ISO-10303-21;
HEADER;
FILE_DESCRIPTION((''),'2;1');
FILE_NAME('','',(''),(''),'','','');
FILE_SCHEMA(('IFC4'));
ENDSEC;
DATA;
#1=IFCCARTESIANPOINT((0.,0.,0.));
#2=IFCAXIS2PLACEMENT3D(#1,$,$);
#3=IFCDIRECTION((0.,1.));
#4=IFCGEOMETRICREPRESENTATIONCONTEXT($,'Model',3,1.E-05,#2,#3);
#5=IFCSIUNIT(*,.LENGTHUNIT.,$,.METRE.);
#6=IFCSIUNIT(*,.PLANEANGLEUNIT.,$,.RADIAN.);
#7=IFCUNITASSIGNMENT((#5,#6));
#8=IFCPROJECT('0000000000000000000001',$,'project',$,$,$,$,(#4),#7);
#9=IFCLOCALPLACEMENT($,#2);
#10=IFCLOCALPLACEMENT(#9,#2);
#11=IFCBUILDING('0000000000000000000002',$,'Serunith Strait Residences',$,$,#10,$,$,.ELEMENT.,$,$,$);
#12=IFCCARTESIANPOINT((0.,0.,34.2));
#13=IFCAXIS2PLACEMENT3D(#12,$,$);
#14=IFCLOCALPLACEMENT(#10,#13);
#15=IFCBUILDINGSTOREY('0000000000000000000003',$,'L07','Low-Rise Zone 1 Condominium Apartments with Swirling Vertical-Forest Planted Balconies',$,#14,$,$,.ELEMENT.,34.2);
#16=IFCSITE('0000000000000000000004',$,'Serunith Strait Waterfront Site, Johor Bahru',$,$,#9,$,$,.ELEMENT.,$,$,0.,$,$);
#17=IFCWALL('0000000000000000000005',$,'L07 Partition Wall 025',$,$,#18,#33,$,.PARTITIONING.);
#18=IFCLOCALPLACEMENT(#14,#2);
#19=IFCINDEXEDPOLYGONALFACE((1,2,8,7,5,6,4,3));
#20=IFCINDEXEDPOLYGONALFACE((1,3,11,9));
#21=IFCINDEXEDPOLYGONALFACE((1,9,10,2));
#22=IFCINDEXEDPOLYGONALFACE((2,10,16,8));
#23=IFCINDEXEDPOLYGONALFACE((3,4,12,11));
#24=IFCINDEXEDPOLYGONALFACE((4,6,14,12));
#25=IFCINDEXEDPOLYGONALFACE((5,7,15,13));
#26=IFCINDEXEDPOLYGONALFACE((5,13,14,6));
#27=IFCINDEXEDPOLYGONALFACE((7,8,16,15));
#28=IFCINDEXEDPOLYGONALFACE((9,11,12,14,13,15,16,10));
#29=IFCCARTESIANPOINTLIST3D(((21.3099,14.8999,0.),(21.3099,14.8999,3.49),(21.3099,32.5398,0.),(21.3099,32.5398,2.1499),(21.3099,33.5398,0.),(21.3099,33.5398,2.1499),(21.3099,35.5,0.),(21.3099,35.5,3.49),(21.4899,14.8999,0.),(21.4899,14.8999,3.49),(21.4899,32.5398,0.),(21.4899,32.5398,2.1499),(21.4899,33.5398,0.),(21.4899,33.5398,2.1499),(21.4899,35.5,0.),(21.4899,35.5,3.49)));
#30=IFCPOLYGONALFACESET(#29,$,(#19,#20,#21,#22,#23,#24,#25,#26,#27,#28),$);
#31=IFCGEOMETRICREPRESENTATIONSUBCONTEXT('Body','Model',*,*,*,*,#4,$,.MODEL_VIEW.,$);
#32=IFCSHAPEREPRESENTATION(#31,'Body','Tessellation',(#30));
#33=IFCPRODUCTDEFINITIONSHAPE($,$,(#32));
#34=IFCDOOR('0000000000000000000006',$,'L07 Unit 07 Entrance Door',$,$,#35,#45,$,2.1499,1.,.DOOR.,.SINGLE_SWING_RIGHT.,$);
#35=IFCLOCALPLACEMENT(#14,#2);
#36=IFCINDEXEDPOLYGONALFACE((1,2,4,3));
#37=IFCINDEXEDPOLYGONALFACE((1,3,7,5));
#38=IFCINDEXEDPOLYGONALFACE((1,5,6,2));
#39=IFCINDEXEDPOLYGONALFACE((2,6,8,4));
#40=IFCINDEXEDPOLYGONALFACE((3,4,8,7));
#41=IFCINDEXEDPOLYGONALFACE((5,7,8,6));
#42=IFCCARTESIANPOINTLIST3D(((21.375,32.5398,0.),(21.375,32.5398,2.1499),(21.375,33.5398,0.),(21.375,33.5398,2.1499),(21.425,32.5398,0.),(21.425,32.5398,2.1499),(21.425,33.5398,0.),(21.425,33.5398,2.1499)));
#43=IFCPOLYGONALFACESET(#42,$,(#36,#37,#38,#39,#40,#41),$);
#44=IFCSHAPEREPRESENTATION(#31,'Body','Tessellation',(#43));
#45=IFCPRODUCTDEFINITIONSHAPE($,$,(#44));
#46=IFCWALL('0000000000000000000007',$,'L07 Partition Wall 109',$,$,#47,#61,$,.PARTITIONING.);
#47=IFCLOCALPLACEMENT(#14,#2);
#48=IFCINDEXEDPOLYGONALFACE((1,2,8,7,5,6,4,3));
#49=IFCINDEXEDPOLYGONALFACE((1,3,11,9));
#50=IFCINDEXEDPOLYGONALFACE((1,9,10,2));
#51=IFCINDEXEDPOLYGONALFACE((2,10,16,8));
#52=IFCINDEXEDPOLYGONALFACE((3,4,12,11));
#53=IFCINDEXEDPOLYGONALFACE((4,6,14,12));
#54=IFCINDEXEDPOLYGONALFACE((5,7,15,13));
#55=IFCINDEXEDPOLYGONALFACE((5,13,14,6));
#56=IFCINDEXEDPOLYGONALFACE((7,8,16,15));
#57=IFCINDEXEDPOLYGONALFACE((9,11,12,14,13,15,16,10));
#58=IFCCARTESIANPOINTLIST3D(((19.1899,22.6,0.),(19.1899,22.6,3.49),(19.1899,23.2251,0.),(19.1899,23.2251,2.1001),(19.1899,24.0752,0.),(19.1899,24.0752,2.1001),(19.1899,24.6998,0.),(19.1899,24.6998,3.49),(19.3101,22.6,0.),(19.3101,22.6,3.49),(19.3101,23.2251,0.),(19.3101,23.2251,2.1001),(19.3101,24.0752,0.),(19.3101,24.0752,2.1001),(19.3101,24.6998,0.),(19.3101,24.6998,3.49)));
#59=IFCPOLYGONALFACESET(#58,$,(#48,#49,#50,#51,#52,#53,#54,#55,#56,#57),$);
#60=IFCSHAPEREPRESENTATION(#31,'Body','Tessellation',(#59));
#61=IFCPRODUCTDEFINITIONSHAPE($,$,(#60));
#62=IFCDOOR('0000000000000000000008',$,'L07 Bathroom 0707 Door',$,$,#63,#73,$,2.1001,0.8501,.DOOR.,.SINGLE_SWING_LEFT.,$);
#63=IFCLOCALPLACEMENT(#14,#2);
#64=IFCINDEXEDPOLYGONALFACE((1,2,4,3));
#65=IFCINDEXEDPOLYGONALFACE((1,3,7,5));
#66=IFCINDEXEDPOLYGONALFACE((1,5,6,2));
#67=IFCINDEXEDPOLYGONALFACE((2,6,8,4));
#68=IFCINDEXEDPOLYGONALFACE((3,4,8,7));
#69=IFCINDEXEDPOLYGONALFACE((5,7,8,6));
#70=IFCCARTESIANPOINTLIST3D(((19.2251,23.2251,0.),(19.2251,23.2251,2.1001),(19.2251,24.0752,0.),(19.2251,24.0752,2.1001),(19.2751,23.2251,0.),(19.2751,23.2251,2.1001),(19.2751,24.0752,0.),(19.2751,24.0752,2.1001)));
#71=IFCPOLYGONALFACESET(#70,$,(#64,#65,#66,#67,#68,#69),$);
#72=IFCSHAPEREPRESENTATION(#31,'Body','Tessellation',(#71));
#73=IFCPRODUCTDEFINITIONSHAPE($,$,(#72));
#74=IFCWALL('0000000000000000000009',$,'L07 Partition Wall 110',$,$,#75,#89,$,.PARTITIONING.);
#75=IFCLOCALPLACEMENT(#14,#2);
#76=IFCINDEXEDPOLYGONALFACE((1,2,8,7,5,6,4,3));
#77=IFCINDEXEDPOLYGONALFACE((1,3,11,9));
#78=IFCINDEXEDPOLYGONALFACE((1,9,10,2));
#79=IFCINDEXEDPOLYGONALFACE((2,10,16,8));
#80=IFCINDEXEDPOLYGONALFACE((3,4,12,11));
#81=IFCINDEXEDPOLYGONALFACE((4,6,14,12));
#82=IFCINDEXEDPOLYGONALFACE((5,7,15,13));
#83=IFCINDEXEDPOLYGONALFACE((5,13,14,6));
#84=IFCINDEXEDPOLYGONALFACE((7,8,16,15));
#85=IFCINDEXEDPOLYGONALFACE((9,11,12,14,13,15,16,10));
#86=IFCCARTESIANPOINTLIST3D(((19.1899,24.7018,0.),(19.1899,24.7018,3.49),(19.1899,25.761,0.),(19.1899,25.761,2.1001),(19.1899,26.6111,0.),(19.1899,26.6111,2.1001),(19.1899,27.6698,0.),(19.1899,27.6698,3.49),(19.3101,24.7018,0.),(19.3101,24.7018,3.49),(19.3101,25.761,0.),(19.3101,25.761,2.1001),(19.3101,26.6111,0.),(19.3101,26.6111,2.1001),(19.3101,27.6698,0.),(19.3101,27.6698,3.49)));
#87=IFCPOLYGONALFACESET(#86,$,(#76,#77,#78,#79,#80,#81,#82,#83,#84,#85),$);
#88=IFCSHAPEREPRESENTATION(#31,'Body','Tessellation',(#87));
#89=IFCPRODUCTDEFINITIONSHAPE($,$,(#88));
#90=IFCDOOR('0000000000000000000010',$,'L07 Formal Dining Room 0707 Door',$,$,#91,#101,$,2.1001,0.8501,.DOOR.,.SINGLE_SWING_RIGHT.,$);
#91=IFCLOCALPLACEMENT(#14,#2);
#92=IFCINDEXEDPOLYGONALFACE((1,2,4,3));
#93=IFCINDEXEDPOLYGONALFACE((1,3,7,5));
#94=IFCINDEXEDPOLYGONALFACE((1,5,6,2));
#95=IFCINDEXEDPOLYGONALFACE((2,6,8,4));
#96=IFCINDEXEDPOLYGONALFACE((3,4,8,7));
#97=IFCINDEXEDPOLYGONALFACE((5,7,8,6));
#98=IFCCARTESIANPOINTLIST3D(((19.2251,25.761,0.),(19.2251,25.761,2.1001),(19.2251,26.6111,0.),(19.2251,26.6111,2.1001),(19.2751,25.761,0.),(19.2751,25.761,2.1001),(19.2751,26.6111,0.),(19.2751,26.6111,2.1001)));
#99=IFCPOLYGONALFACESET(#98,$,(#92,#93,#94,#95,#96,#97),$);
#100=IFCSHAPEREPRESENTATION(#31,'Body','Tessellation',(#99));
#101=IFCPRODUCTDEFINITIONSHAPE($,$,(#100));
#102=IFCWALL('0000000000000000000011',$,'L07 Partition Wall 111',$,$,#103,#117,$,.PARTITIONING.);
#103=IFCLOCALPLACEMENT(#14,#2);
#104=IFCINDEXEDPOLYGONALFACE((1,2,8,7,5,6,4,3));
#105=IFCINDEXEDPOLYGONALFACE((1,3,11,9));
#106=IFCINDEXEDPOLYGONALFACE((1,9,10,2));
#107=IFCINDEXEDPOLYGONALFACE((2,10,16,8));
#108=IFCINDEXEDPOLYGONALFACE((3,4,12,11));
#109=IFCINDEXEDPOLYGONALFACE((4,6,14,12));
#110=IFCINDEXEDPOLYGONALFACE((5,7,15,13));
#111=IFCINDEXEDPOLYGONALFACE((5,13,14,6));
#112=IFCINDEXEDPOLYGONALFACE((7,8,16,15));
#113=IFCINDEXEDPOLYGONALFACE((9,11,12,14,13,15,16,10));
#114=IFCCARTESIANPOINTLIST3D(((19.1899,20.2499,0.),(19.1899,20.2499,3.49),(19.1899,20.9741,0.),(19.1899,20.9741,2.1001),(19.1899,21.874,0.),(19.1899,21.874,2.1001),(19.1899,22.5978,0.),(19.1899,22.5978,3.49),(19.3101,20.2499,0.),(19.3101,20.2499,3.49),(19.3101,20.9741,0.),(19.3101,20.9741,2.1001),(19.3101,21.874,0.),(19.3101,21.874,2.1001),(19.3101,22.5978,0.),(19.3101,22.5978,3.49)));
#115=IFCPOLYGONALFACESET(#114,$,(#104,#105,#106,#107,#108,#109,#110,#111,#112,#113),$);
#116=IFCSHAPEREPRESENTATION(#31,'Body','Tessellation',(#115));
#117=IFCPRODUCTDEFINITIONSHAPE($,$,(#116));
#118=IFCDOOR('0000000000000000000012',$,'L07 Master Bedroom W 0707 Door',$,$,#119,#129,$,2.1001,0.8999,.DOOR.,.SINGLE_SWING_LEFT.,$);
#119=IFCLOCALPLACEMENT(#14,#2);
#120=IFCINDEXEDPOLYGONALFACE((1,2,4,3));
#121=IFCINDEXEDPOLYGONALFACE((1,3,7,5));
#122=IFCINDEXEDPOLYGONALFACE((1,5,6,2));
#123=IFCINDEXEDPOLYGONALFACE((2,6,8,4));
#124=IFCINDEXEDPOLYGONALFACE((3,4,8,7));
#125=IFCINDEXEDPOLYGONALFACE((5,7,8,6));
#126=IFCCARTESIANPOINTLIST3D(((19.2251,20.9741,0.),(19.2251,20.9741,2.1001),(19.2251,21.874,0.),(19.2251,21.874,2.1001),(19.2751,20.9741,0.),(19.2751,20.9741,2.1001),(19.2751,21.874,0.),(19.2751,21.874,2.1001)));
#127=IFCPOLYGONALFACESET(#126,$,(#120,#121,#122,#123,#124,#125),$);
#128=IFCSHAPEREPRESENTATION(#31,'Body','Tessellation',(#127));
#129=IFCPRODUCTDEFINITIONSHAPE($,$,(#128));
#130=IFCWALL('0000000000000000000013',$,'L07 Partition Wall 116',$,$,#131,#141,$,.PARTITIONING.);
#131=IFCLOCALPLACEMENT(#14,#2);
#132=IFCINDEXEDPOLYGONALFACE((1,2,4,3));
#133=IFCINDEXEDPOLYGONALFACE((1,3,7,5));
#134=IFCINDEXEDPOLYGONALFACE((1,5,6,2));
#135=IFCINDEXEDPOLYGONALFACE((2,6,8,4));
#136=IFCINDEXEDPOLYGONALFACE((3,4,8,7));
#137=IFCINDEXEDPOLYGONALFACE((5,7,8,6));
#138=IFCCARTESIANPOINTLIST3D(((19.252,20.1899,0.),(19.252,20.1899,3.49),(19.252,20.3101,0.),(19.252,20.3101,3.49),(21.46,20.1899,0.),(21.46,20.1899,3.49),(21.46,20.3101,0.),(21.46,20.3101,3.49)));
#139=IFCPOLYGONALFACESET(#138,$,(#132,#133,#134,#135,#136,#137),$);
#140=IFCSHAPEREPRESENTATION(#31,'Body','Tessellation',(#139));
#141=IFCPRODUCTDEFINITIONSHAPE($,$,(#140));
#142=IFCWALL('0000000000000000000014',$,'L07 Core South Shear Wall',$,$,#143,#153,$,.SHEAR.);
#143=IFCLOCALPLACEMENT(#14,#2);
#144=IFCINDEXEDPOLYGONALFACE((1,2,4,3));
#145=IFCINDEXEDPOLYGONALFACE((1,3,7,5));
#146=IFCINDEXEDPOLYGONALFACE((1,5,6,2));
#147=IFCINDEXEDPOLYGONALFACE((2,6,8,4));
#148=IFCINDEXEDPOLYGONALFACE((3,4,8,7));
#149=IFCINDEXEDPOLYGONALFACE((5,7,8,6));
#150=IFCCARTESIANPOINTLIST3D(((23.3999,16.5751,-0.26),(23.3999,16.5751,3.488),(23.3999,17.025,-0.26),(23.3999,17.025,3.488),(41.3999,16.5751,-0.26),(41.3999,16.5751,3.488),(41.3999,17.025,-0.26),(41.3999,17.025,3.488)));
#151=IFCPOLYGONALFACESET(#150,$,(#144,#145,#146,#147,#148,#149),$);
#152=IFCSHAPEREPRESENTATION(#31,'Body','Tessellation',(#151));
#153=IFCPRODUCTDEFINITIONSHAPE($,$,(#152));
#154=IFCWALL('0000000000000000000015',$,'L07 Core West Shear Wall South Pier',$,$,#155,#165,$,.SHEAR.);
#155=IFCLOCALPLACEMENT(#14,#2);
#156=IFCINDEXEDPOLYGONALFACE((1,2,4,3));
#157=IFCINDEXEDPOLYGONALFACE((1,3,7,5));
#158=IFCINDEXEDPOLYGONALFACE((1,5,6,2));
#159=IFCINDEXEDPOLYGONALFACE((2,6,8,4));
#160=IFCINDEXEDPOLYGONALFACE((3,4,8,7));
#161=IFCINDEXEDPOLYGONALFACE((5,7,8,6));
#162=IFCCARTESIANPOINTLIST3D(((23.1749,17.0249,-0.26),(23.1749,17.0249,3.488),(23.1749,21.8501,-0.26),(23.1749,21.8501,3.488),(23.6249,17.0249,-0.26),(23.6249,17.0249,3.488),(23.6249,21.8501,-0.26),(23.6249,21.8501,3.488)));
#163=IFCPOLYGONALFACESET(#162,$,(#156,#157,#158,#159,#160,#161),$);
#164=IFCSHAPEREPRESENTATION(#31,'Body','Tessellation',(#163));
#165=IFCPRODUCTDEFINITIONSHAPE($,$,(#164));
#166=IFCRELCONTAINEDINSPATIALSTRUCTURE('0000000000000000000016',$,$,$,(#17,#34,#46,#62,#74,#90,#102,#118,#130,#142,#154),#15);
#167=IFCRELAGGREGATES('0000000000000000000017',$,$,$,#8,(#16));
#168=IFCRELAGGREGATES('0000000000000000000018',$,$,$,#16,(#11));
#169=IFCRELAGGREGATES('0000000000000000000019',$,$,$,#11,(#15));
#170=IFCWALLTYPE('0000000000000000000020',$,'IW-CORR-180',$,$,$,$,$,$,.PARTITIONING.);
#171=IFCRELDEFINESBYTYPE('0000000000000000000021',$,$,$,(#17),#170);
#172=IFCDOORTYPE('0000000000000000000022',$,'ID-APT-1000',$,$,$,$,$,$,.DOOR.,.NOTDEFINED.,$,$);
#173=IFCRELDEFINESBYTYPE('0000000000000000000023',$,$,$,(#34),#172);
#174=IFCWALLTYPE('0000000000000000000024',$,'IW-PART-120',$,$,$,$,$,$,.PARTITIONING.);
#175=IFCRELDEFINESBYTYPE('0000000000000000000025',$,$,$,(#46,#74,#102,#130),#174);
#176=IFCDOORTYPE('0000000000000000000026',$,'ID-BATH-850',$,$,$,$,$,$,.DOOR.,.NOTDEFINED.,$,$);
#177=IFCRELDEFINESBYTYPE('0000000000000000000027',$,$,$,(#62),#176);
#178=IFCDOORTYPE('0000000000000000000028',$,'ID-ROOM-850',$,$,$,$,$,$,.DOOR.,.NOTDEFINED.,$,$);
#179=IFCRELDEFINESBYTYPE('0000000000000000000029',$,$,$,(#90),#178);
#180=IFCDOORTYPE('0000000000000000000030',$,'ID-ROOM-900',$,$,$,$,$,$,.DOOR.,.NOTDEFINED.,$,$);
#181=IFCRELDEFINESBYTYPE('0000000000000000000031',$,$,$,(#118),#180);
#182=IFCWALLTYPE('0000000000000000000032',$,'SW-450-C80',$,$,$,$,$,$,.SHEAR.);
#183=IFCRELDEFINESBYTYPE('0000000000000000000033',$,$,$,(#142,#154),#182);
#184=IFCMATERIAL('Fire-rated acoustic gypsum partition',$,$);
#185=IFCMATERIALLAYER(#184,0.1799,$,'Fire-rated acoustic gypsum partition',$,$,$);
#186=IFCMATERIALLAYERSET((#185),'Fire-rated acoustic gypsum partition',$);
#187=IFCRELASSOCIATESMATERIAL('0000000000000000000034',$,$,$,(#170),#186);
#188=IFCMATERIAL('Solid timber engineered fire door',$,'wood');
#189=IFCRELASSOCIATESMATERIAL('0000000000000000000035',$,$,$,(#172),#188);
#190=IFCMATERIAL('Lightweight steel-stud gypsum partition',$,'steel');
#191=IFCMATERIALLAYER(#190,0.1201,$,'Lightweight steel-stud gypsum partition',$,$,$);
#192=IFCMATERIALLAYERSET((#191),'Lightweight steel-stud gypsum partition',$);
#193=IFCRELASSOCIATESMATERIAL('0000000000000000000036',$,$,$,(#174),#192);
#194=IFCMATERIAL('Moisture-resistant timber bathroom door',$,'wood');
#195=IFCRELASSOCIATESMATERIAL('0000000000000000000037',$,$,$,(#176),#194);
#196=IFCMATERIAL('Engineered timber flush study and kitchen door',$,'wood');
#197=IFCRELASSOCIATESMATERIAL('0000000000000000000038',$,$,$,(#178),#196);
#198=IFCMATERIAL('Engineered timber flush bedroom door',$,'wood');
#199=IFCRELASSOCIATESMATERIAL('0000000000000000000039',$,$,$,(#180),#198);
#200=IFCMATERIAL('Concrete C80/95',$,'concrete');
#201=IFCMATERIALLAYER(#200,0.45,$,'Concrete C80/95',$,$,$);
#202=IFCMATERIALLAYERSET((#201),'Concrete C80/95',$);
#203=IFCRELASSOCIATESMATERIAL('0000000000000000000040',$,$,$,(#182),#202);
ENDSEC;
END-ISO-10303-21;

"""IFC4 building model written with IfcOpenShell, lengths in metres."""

from ifc_helpers import new_model, si_unit, direction, frame, frame_2d, origin, place, context, subcontext, project, spatial, rectangle, extrude, source, transform, mapped, material, layer, layer_set, type_object, element, fill, save


model = new_model("IFC4")

# Units and contexts
model_context = context("Model", 3, precision=1e-05, world=origin(), true_north=direction((0.0, 1.0)))
body_context = subcontext(model_context, "Body", "Model", "MODEL_VIEW")
ifc_project = project(units=[si_unit("LENGTHUNIT", "METRE"), si_unit("PLANEANGLEUNIT", "RADIAN")], contexts=[model_context])

# Site, building, storey
site_placement = place(None, origin())
site = spatial("IfcSite", under=ifc_project, at=site_placement, Name="Serunith Strait Waterfront Site, Johor Bahru", CompositionType="ELEMENT", RefElevation=0.0)
building_placement = place(site_placement, origin())
building = spatial("IfcBuilding", under=site, at=building_placement, Name="Serunith Strait Residences", CompositionType="ELEMENT")
storey_placement = place(building_placement, frame((0.0, 0.0, 34.2)))
storey = spatial("IfcBuildingStorey", under=building, at=storey_placement, Name="L07", Description="Low-Rise Zone 1 Condominium Apartments with Swirling Vertical-Forest Planted Balconies", CompositionType="ELEMENT", Elevation=34.2)

# Shared definitions
ifc_material_1 = material(Name="Fire-rated acoustic gypsum partition")
ifc_layer_1 = layer(ifc_material_1, 0.1799, Name="Fire-rated acoustic gypsum partition")
ifc_layer_set_1 = layer_set([ifc_layer_1], Name="Fire-rated acoustic gypsum partition")
wall_type_1 = type_object("IfcWallType", Name="IW-CORR-180", PredefinedType="PARTITIONING", material=ifc_layer_set_1)
ifc_material_2 = material(Name="Solid timber engineered fire door", Category="wood")
door_type_1 = type_object("IfcDoorType", Name="ID-APT-1000", OperationType="NOTDEFINED", PredefinedType="DOOR", material=ifc_material_2)
shared_shape_1 = source(origin(), body_context, "Body", "SweptSolid", [
    extrude(rectangle(XDim=1.0, YDim=2.1499, at=frame_2d((0.5, 1.075))), frame((0.0, 0.0249, 0.0), z_axis=(0.0, -1.0, 0.0), x_axis=(1.0, 0.0, 0.0)), (0.0, 0.0, 1.0), 0.05),
])

# Walls, openings, doors
wall_1_placement = place(storey_placement, frame((21.3999, 14.8999, 0.0), z_axis=(0.0, 0.0, 1.0), x_axis=(0.0, 1.0, 0.0)))
wall_1 = element("IfcWall", 1, at=wall_1_placement, inside=storey, type_object=wall_type_1, Name="L07 Partition Wall 025", PredefinedType="PARTITIONING", context=body_context, shape_type="SweptSolid", body=[
    extrude(rectangle(XDim=20.6001, YDim=0.1799, at=frame_2d((10.3, 0.0))), origin(), (0.0, 0.0, 1.0), 3.49),
])
opening_1_placement = place(wall_1_placement, frame((17.6399, 0.0, 0.0)))
opening_1 = element("IfcOpeningElement", 2, at=opening_1_placement, cuts=wall_1, PredefinedType="OPENING", context=body_context, shape_type="SweptSolid", body=[
    extrude(rectangle(XDim=1.0, YDim=2.1499, at=frame_2d((0.5, 1.075))), frame((0.0, 0.1001, 0.0), z_axis=(0.0, -1.0, 0.0), x_axis=(1.0, 0.0, 0.0)), (0.0, 0.0, 1.0), 0.2),
])
door_1_placement = place(opening_1_placement, origin())
door_1 = element("IfcDoor", 3, at=door_1_placement, inside=storey, type_object=door_type_1, Name="L07 Unit 07 Entrance Door", OperationType="SINGLE_SWING_RIGHT", OverallHeight=2.1499, OverallWidth=1.0, PredefinedType="DOOR", context=body_context, shape_type="MappedRepresentation", body=[
    mapped(shared_shape_1, transform((0.0, 0.0, 0.0), scale=1.0)),
])
fill(opening_1, door_1)
ifc_material_3 = material(Name="Lightweight steel-stud gypsum partition", Category="steel")
ifc_layer_2 = layer(ifc_material_3, 0.1201, Name="Lightweight steel-stud gypsum partition")
ifc_layer_set_2 = layer_set([ifc_layer_2], Name="Lightweight steel-stud gypsum partition")
wall_type_2 = type_object("IfcWallType", Name="IW-PART-120", PredefinedType="PARTITIONING", material=ifc_layer_set_2)
wall_2_placement = place(storey_placement, frame((19.25, 22.6001, 0.0), z_axis=(0.0, 0.0, 1.0), x_axis=(0.0, 1.0, 0.0)))
wall_2 = element("IfcWall", 4, at=wall_2_placement, inside=storey, type_object=wall_type_2, Name="L07 Partition Wall 109", PredefinedType="PARTITIONING", context=body_context, shape_type="SweptSolid", body=[
    extrude(rectangle(XDim=2.0999, YDim=0.1201, at=frame_2d((1.0498, 0.0))), origin(), (0.0, 0.0, 1.0), 3.49),
])
opening_2_placement = place(wall_2_placement, frame((0.625, 0.0, 0.0)))
opening_2 = element("IfcOpeningElement", 5, at=opening_2_placement, cuts=wall_2, PredefinedType="OPENING", context=body_context, shape_type="SweptSolid", body=[
    extrude(rectangle(XDim=0.8501, YDim=2.1001, at=frame_2d((0.425, 1.05))), frame((0.0, 0.0701, 0.0), z_axis=(0.0, -1.0, 0.0), x_axis=(1.0, 0.0, 0.0)), (0.0, 0.0, 1.0), 0.1401),
])
ifc_material_4 = material(Name="Moisture-resistant timber bathroom door", Category="wood")
door_type_2 = type_object("IfcDoorType", Name="ID-BATH-850", OperationType="NOTDEFINED", PredefinedType="DOOR", material=ifc_material_4)
shared_shape_2 = source(origin(), body_context, "Body", "SweptSolid", [
    extrude(rectangle(XDim=0.8501, YDim=2.1001, at=frame_2d((0.425, 1.05))), frame((0.0, 0.0249, 0.0), z_axis=(0.0, -1.0, 0.0), x_axis=(1.0, 0.0, 0.0)), (0.0, 0.0, 1.0), 0.05),
])
door_2_placement = place(opening_2_placement, origin())
door_2 = element("IfcDoor", 6, at=door_2_placement, inside=storey, type_object=door_type_2, Name="L07 Bathroom 0707 Door", OperationType="SINGLE_SWING_LEFT", OverallHeight=2.1001, OverallWidth=0.8501, PredefinedType="DOOR", context=body_context, shape_type="MappedRepresentation", body=[
    mapped(shared_shape_2, transform((0.0, 0.0, 0.0), scale=1.0)),
])
fill(opening_2, door_2)
wall_3_placement = place(storey_placement, frame((19.25, 24.7019, 0.0), z_axis=(0.0, 0.0, 1.0), x_axis=(0.0, 1.0, 0.0)))
wall_3 = element("IfcWall", 7, at=wall_3_placement, inside=storey, type_object=wall_type_2, Name="L07 Partition Wall 110", PredefinedType="PARTITIONING", context=body_context, shape_type="SweptSolid", body=[
    extrude(rectangle(XDim=2.968, YDim=0.1201, at=frame_2d((1.4839, 0.0))), origin(), (0.0, 0.0, 1.0), 3.49),
])
opening_3_placement = place(wall_3_placement, frame((1.0591, 0.0, 0.0)))
opening_3 = element("IfcOpeningElement", 8, at=opening_3_placement, cuts=wall_3, PredefinedType="OPENING", context=body_context, shape_type="SweptSolid", body=[
    extrude(rectangle(XDim=0.8501, YDim=2.1001, at=frame_2d((0.425, 1.05))), frame((0.0, 0.0701, 0.0), z_axis=(0.0, -1.0, 0.0), x_axis=(1.0, 0.0, 0.0)), (0.0, 0.0, 1.0), 0.1401),
])
ifc_material_5 = material(Name="Engineered timber flush study and kitchen door", Category="wood")
door_type_3 = type_object("IfcDoorType", Name="ID-ROOM-850", OperationType="NOTDEFINED", PredefinedType="DOOR", material=ifc_material_5)
door_3_placement = place(opening_3_placement, origin())
door_3 = element("IfcDoor", 9, at=door_3_placement, inside=storey, type_object=door_type_3, Name="L07 Formal Dining Room 0707 Door", OperationType="SINGLE_SWING_RIGHT", OverallHeight=2.1001, OverallWidth=0.8501, PredefinedType="DOOR", context=body_context, shape_type="MappedRepresentation", body=[
    mapped(shared_shape_2, transform((0.0, 0.0, 0.0), scale=1.0)),
])
fill(opening_3, door_3)
wall_4_placement = place(storey_placement, frame((19.25, 20.25, 0.0), z_axis=(0.0, 0.0, 1.0), x_axis=(0.0, 1.0, 0.0)))
wall_4 = element("IfcWall", 10, at=wall_4_placement, inside=storey, type_object=wall_type_2, Name="L07 Partition Wall 111", PredefinedType="PARTITIONING", context=body_context, shape_type="SweptSolid", body=[
    extrude(rectangle(XDim=2.3479, YDim=0.1201, at=frame_2d((1.1738, 0.0))), origin(), (0.0, 0.0, 1.0), 3.49),
])
opening_4_placement = place(wall_4_placement, frame((0.7241, 0.0, 0.0)))
opening_4 = element("IfcOpeningElement", 11, at=opening_4_placement, cuts=wall_4, PredefinedType="OPENING", context=body_context, shape_type="SweptSolid", body=[
    extrude(rectangle(XDim=0.8999, YDim=2.1001, at=frame_2d((0.45, 1.05))), frame((0.0, 0.0701, 0.0), z_axis=(0.0, -1.0, 0.0), x_axis=(1.0, 0.0, 0.0)), (0.0, 0.0, 1.0), 0.1401),
])
ifc_material_6 = material(Name="Engineered timber flush bedroom door", Category="wood")
door_type_4 = type_object("IfcDoorType", Name="ID-ROOM-900", OperationType="NOTDEFINED", PredefinedType="DOOR", material=ifc_material_6)
shared_shape_3 = source(origin(), body_context, "Body", "SweptSolid", [
    extrude(rectangle(XDim=0.8999, YDim=2.1001, at=frame_2d((0.45, 1.05))), frame((0.0, 0.0249, 0.0), z_axis=(0.0, -1.0, 0.0), x_axis=(1.0, 0.0, 0.0)), (0.0, 0.0, 1.0), 0.05),
])
door_4_placement = place(opening_4_placement, origin())
door_4 = element("IfcDoor", 12, at=door_4_placement, inside=storey, type_object=door_type_4, Name="L07 Master Bedroom W 0707 Door", OperationType="SINGLE_SWING_LEFT", OverallHeight=2.1001, OverallWidth=0.8999, PredefinedType="DOOR", context=body_context, shape_type="MappedRepresentation", body=[
    mapped(shared_shape_3, transform((0.0, 0.0, 0.0), scale=1.0)),
])
fill(opening_4, door_4)

# Wall
wall_5_placement = place(storey_placement, frame((19.252, 20.25, 0.0), z_axis=(0.0, 0.0, 1.0), x_axis=(1.0, 0.0, 0.0)))
element("IfcWall", 13, at=wall_5_placement, inside=storey, type_object=wall_type_2, Name="L07 Partition Wall 116", PredefinedType="PARTITIONING", context=body_context, shape_type="SweptSolid", body=[
    extrude(rectangle(XDim=2.208, YDim=0.1201, at=frame_2d((1.104, 0.0))), origin(), (0.0, 0.0, 1.0), 3.49),
])

# Walls
ifc_material_7 = material(Name="Concrete C80/95", Category="concrete")
ifc_layer_3 = layer(ifc_material_7, 0.45, Name="Concrete C80/95")
ifc_layer_set_3 = layer_set([ifc_layer_3], Name="Concrete C80/95")
wall_type_3 = type_object("IfcWallType", Name="SW-450-C80", PredefinedType="SHEAR", material=ifc_layer_set_3)
wall_6_placement = place(storey_placement, frame((23.3999, 16.8, -0.26), z_axis=(0.0, 0.0, 1.0), x_axis=(1.0, 0.0, 0.0)))
element("IfcWall", 14, at=wall_6_placement, inside=storey, type_object=wall_type_3, Name="L07 Core South Shear Wall", PredefinedType="SHEAR", context=body_context, shape_type="SweptSolid", body=[
    extrude(rectangle(XDim=18.0, YDim=0.45, at=frame_2d((9.0, 0.0))), origin(), (0.0, 0.0, 1.0), 3.748),
])
wall_7_placement = place(storey_placement, frame((23.3999, 17.0249, -0.26), z_axis=(0.0, 0.0, 1.0), x_axis=(0.0, 1.0, 0.0)))
element("IfcWall", 15, at=wall_7_placement, inside=storey, type_object=wall_type_3, Name="L07 Core West Shear Wall South Pier", PredefinedType="SHEAR", context=body_context, shape_type="SweptSolid", body=[
    extrude(rectangle(XDim=4.8252, YDim=0.45, at=frame_2d((2.4126, 0.0))), origin(), (0.0, 0.0, 1.0), 3.748),
])

save(model, "model.ifc")
